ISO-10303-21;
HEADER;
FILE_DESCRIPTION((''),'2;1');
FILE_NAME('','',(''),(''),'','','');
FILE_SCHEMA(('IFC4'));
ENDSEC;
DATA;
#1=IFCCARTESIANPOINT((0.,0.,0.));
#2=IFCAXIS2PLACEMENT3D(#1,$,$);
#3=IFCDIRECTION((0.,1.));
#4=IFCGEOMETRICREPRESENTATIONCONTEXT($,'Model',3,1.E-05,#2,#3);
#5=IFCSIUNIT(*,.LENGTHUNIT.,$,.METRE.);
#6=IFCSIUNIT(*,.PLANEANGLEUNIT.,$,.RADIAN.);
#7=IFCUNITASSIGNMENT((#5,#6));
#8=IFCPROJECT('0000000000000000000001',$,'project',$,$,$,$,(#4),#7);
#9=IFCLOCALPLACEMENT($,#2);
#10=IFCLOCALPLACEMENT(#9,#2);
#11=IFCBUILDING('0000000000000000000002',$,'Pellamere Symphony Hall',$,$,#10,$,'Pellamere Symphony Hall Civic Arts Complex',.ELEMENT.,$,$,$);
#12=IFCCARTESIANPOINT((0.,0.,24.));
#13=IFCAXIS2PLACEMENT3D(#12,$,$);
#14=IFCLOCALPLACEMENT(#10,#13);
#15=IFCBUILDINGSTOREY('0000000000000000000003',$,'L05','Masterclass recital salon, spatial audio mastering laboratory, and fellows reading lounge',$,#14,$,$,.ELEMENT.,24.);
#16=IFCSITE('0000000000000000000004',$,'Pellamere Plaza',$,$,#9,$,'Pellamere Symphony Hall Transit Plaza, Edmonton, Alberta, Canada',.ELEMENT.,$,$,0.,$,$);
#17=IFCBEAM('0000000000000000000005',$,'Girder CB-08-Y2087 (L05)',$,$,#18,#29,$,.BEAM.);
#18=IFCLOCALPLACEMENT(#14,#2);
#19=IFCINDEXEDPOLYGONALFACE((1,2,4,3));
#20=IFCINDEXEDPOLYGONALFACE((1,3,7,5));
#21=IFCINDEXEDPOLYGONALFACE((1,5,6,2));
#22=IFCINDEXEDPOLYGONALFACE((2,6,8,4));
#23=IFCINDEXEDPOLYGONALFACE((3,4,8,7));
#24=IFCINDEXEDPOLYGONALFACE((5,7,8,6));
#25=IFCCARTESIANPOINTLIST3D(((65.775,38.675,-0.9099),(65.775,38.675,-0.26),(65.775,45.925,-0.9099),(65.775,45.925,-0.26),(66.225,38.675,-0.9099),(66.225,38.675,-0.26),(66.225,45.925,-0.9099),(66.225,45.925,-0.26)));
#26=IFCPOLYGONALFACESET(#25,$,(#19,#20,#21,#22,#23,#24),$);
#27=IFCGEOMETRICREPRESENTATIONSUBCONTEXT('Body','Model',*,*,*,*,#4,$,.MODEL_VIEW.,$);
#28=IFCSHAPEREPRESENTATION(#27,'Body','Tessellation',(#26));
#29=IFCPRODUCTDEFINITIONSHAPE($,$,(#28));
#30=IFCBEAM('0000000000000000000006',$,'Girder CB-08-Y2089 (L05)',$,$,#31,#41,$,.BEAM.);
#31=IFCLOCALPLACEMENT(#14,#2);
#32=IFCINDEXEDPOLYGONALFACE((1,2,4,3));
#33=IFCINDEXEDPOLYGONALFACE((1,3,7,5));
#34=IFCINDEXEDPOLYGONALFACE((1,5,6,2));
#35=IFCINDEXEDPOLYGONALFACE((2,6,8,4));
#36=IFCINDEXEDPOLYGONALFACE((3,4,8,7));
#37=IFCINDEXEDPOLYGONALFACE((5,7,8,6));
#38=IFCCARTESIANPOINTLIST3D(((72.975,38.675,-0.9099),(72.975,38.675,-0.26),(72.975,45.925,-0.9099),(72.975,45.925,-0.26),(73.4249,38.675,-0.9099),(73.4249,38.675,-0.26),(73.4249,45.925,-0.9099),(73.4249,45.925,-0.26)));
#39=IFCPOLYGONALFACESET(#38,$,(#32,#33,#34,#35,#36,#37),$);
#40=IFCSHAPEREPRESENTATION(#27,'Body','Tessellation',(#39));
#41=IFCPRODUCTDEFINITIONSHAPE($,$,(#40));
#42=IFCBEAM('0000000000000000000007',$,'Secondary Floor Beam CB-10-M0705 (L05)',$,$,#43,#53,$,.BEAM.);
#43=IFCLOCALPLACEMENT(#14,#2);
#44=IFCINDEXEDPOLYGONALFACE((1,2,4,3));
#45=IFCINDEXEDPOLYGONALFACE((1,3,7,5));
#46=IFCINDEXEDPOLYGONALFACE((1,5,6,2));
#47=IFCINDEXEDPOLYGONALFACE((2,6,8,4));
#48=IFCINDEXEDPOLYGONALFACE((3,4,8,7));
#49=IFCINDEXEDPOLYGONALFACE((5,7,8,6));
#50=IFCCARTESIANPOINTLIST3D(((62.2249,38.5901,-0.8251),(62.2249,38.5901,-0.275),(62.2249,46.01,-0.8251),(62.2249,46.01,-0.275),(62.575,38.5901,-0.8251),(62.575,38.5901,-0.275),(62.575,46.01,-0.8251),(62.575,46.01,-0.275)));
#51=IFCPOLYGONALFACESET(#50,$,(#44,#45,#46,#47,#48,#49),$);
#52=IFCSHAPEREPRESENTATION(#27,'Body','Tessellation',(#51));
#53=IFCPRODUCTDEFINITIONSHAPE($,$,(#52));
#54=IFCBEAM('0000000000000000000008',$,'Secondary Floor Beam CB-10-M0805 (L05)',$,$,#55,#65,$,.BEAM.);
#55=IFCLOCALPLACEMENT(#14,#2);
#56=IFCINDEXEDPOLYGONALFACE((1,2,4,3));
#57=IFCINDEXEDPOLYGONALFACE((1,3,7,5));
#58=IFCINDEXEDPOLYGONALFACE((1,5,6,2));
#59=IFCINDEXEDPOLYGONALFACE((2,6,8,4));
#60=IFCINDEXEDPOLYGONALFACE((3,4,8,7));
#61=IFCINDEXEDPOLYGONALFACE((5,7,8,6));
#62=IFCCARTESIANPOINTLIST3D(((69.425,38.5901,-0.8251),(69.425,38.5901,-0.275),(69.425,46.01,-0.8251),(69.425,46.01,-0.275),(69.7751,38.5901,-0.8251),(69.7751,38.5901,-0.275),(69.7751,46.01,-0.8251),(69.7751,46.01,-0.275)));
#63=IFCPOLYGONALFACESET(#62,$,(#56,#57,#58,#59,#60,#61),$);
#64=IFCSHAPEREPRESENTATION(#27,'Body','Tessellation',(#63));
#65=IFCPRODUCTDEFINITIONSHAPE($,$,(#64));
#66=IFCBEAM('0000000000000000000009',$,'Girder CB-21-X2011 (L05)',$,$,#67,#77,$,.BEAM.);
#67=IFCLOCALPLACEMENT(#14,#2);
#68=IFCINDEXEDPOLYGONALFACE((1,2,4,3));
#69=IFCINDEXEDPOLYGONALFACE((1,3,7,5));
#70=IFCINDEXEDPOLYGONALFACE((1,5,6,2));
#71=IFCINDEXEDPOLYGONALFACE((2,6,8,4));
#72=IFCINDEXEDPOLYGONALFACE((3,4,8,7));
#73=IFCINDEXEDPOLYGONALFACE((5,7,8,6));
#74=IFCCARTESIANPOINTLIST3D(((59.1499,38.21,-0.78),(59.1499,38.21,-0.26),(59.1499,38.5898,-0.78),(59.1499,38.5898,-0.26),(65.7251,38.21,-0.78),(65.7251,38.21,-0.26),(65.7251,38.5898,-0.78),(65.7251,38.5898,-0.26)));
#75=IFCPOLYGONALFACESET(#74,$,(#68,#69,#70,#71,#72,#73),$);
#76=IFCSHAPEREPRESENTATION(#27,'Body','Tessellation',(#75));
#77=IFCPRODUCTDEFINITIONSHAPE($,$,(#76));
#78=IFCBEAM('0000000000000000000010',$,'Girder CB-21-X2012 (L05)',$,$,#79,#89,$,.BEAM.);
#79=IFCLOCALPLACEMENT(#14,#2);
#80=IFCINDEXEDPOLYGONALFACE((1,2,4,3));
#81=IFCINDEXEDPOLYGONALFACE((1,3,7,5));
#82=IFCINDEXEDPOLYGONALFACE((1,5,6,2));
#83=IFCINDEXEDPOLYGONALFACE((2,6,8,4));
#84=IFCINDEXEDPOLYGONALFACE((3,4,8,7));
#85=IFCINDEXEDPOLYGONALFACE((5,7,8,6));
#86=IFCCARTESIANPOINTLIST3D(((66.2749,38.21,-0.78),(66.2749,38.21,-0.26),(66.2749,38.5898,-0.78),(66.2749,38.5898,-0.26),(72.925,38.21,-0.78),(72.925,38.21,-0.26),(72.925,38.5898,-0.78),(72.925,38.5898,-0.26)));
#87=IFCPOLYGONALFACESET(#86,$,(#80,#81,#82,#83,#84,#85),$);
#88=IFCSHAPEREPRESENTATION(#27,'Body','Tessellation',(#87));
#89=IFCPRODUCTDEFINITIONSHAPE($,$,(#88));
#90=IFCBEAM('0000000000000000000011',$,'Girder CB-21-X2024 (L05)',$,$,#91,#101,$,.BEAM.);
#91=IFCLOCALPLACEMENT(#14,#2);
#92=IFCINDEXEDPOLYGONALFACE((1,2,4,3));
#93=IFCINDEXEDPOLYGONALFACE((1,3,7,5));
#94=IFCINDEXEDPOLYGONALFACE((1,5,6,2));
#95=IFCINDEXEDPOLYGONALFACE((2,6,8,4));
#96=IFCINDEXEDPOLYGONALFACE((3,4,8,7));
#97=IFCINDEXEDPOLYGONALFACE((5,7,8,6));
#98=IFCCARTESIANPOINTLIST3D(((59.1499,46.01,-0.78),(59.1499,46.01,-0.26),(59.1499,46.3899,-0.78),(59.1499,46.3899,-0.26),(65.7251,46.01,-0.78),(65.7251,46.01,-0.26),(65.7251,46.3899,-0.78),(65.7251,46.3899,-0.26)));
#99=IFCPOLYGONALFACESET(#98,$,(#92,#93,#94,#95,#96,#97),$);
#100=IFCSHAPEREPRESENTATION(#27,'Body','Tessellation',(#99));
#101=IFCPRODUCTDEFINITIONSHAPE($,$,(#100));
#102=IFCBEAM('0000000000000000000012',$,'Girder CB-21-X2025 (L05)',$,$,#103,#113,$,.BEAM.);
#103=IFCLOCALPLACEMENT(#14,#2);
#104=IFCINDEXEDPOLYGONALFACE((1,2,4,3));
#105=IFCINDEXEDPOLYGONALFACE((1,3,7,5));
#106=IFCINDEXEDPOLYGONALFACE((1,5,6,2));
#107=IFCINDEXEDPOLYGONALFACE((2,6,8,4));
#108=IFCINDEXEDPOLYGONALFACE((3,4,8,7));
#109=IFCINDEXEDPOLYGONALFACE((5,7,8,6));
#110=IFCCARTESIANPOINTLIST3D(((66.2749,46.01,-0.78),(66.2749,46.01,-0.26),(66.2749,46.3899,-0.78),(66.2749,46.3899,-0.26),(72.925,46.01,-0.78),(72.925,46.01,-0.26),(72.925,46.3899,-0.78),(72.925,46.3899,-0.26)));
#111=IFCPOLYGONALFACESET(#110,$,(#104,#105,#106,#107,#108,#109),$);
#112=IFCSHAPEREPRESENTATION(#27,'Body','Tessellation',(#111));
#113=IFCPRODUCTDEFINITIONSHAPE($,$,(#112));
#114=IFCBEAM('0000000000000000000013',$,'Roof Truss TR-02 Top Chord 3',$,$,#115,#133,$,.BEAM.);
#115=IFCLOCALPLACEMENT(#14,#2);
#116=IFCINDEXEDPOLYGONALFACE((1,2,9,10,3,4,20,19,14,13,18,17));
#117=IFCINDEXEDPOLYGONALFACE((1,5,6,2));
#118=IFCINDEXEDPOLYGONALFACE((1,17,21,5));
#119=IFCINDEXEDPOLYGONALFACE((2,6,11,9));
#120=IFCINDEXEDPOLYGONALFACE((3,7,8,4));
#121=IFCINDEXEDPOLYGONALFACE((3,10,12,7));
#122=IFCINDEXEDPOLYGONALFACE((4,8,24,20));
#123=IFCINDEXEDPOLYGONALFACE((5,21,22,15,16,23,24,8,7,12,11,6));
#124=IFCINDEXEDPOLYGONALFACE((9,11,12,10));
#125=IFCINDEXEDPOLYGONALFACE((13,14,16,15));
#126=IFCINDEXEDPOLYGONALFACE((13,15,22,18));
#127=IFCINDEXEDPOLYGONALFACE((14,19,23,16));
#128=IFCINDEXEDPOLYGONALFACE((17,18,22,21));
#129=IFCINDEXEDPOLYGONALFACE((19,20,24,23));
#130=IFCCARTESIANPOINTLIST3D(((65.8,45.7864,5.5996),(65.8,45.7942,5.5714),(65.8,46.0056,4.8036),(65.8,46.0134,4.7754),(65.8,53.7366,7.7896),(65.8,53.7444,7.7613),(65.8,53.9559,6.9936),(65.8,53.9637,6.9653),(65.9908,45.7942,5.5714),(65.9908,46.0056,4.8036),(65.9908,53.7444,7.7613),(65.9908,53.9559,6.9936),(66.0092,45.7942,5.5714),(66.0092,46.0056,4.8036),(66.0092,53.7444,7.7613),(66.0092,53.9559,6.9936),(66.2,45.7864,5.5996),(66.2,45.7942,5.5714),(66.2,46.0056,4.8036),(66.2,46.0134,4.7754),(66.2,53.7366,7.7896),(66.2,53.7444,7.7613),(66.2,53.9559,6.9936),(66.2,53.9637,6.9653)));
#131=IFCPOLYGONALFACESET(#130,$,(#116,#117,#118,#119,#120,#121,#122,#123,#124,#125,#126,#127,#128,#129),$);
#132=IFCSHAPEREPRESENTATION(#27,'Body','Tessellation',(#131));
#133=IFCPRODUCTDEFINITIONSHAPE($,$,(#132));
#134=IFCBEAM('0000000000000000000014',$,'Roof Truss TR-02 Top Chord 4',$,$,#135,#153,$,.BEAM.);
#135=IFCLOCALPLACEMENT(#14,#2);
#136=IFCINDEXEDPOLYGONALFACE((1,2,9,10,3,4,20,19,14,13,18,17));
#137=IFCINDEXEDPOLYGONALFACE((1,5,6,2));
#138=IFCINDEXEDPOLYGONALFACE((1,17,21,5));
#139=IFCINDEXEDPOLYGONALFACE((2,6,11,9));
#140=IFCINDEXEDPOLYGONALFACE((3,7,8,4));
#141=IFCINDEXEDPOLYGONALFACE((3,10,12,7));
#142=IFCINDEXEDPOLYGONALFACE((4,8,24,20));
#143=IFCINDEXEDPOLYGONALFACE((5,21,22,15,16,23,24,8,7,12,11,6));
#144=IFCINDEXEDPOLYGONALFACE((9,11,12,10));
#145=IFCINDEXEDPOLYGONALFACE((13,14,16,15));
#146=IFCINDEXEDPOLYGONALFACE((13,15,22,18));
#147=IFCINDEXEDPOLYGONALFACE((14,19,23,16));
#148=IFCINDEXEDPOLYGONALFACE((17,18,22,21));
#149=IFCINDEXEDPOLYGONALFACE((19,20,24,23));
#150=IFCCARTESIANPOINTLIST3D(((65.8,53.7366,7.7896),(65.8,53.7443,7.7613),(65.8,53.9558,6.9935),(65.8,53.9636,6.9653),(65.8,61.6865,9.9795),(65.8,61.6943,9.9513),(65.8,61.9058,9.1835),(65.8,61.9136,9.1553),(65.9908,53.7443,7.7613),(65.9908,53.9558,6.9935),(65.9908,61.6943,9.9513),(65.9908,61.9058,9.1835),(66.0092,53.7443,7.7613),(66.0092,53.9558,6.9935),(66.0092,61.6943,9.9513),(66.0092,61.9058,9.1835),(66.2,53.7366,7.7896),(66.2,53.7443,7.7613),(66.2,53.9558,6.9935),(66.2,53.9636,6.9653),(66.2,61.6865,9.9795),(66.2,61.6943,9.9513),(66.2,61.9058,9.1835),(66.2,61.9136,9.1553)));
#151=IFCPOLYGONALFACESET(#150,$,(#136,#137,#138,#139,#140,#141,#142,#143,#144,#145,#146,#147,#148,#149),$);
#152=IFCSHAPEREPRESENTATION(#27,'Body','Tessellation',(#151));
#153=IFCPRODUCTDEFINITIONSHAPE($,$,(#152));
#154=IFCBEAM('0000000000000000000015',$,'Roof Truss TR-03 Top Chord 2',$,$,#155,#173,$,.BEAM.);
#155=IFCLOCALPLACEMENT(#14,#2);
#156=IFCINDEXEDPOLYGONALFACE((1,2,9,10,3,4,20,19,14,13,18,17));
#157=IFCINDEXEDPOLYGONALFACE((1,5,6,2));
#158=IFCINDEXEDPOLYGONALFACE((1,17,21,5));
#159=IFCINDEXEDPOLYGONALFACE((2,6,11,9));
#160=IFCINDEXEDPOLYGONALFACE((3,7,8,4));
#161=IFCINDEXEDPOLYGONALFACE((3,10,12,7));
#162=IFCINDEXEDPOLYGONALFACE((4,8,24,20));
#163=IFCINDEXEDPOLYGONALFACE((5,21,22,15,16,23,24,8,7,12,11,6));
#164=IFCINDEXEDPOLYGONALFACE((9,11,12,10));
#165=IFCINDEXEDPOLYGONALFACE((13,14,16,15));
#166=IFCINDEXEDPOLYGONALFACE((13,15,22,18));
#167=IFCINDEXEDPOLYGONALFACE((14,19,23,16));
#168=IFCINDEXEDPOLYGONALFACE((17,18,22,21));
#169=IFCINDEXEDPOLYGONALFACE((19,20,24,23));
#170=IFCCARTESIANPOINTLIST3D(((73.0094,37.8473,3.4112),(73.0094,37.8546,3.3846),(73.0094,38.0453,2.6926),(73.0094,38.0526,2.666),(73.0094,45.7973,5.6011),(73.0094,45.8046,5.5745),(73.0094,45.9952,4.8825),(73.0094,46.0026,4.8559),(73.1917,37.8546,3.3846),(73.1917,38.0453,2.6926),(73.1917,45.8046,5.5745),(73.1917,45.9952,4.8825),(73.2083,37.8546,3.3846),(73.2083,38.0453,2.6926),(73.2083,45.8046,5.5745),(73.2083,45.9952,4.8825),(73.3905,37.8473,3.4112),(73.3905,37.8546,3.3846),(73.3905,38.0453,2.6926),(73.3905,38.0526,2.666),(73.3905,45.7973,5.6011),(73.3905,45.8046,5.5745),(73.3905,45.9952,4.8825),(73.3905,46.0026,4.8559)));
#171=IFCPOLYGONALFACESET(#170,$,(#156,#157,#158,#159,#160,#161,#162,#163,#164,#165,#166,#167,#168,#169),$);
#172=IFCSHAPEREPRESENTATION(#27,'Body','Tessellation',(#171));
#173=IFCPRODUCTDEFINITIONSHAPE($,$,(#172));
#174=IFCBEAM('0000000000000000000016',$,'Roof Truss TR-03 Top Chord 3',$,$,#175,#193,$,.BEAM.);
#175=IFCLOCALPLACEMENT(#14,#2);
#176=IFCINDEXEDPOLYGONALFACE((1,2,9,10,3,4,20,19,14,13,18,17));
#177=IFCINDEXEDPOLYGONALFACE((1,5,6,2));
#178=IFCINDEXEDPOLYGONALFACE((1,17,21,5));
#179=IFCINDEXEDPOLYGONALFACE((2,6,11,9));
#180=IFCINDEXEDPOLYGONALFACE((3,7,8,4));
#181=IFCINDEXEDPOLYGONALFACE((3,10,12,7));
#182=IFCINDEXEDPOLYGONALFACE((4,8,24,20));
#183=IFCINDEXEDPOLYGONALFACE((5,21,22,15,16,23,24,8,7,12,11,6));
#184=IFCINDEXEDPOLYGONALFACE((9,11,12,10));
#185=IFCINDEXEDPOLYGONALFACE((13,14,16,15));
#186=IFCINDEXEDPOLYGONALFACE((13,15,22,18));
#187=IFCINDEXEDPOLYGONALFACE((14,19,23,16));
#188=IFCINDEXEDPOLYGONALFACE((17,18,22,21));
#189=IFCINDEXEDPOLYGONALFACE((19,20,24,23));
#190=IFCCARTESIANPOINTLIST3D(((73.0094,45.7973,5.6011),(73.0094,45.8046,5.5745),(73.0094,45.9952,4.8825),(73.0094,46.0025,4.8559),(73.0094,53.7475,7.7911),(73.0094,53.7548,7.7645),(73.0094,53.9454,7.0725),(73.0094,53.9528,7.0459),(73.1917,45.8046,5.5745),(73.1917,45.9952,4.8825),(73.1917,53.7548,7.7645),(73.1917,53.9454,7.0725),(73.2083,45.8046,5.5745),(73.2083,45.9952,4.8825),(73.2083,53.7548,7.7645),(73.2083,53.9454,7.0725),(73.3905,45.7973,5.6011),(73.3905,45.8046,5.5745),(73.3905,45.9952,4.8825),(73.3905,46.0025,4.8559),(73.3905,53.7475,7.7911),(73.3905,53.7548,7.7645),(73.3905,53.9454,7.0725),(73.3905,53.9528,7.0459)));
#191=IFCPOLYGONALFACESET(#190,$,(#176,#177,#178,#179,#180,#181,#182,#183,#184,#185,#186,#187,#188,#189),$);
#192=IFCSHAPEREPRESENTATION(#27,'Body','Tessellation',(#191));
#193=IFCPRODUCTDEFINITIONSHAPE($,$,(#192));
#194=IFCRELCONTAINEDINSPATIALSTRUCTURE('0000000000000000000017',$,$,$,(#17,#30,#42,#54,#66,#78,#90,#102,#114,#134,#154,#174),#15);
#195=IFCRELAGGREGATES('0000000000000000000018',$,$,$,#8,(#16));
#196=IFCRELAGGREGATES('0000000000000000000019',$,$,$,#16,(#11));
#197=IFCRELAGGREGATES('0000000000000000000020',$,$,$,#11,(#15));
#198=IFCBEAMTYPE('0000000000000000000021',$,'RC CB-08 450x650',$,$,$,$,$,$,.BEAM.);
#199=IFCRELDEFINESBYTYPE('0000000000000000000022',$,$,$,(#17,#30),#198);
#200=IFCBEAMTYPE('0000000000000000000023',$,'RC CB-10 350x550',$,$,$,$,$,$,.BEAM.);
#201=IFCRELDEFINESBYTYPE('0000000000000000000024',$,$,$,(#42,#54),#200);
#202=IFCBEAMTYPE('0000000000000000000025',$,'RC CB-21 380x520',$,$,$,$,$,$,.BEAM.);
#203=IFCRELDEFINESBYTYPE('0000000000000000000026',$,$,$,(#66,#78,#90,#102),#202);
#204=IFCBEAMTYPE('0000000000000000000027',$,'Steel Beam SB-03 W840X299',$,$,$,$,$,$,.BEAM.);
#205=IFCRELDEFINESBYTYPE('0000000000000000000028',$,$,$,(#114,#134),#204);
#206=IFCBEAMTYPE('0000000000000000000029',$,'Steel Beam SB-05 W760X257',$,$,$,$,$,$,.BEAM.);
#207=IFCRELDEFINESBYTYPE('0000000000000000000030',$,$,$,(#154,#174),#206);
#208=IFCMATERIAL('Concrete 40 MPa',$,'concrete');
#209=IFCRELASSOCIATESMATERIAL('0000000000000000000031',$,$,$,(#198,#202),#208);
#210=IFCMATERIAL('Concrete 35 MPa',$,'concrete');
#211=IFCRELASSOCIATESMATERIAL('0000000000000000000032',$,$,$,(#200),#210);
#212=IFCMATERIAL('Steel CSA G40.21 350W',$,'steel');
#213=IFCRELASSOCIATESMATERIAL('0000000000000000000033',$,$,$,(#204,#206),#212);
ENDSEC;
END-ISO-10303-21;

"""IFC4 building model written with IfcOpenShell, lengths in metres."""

from ifc_helpers import new_model, si_unit, direction, frame, origin, origin_2d, place, context, subcontext, project, spatial, rectangle, i_section, extrude, material, material_profile, profile_set, type_object, element, save


model = new_model("IFC4")

# Units and contexts
model_context = context("Model", 3, precision=1e-05, world=origin(), true_north=direction((0.0, 1.0)))
body_context = subcontext(model_context, "Body", "Model", "MODEL_VIEW")
ifc_project = project(units=[si_unit("LENGTHUNIT", "METRE"), si_unit("PLANEANGLEUNIT", "RADIAN")], contexts=[model_context])

# Site, building, storey
site_placement = place(None, origin())
site = spatial("IfcSite", under=ifc_project, at=site_placement, Name="Pellamere Plaza", LongName="Pellamere Symphony Hall Transit Plaza, Edmonton, Alberta, Canada", CompositionType="ELEMENT", RefElevation=0.0)
building_placement = place(site_placement, origin())
building = spatial("IfcBuilding", under=site, at=building_placement, Name="Pellamere Symphony Hall", LongName="Pellamere Symphony Hall Civic Arts Complex", CompositionType="ELEMENT")
storey_placement = place(building_placement, frame((0.0, 0.0, 24.0)))
storey = spatial("IfcBuildingStorey", under=building, at=storey_placement, Name="L05", Description="Masterclass recital salon, spatial audio mastering laboratory, and fellows reading lounge", CompositionType="ELEMENT", Elevation=24.0)

# Beams
ifc_material_1 = material(Name="Concrete 40 MPa", Category="concrete")
ifc_material_profile_1 = material_profile(ifc_material_1, rectangle(XDim=0.45, YDim=0.6499, at=origin_2d()), Name="RC 450x650")
ifc_profile_set_1 = profile_set([ifc_material_profile_1], Name="Concrete 40 MPa")
beam_type_1 = type_object("IfcBeamType", Name="RC CB-08 450x650", PredefinedType="BEAM", material=ifc_profile_set_1)
for number, where, z_axis, x_axis, name in (
    (1, (66.0, 38.675, -0.585), (0.0, 1.0, 0.0), (-1.0, 0.0, 0.0), "Girder CB-08-Y2087 (L05)"),
    (2, (73.2, 38.675, -0.585), (0.0, 1.0, 0.0), (-1.0, 0.0, 0.0), "Girder CB-08-Y2089 (L05)"),
):
    element("IfcBeam", number, at=place(storey_placement, frame(where, z_axis=z_axis, x_axis=x_axis)), inside=storey, type_object=beam_type_1, Name=name, PredefinedType="BEAM", context=body_context, shape_type="SweptSolid", body=[
        extrude(rectangle(XDim=0.45, YDim=0.6499, at=origin_2d()), origin(), (0.0, 0.0, 1.0), 7.25),
    ])
ifc_material_2 = material(Name="Concrete 35 MPa", Category="concrete")
ifc_material_profile_2 = material_profile(ifc_material_2, rectangle(XDim=0.3501, YDim=0.55, at=origin_2d()), Name="RC 350x550")
ifc_profile_set_2 = profile_set([ifc_material_profile_2], Name="Concrete 35 MPa")
beam_type_2 = type_object("IfcBeamType", Name="RC CB-10 350x550", PredefinedType="BEAM", material=ifc_profile_set_2)
for number, where, z_axis, x_axis, name in (
    (3, (62.3999, 38.5901, -0.55), (0.0, 1.0, 0.0), (-1.0, 0.0, 0.0), "Secondary Floor Beam CB-10-M0705 (L05)"),
    (4, (69.6001, 38.5901, -0.55), (0.0, 1.0, 0.0), (-1.0, 0.0, 0.0), "Secondary Floor Beam CB-10-M0805 (L05)"),
):
    element("IfcBeam", number, at=place(storey_placement, frame(where, z_axis=z_axis, x_axis=x_axis)), inside=storey, type_object=beam_type_2, Name=name, PredefinedType="BEAM", context=body_context, shape_type="SweptSolid", body=[
        extrude(rectangle(XDim=0.3501, YDim=0.55, at=origin_2d()), origin(), (0.0, 0.0, 1.0), 7.4199),
    ])
ifc_material_profile_3 = material_profile(ifc_material_1, rectangle(XDim=0.3799, YDim=0.52, at=origin_2d()), Name="RC 380x520")
ifc_profile_set_3 = profile_set([ifc_material_profile_3], Name="Concrete 40 MPa")
beam_type_3 = type_object("IfcBeamType", Name="RC CB-21 380x520", PredefinedType="BEAM", material=ifc_profile_set_3)
beam_1_placement = place(storey_placement, frame((59.1499, 38.3999, -0.52), z_axis=(1.0, 0.0, 0.0), x_axis=(0.0, 1.0, 0.0)))
element("IfcBeam", 5, at=beam_1_placement, inside=storey, type_object=beam_type_3, Name="Girder CB-21-X2011 (L05)", PredefinedType="BEAM", context=body_context, shape_type="SweptSolid", body=[
    extrude(rectangle(XDim=0.3799, YDim=0.52, at=origin_2d()), origin(), (0.0, 0.0, 1.0), 6.5752),
])
beam_2_placement = place(storey_placement, frame((66.2749, 38.3999, -0.52), z_axis=(1.0, 0.0, 0.0), x_axis=(0.0, 1.0, 0.0)))
element("IfcBeam", 6, at=beam_2_placement, inside=storey, type_object=beam_type_3, Name="Girder CB-21-X2012 (L05)", PredefinedType="BEAM", context=body_context, shape_type="SweptSolid", body=[
    extrude(rectangle(XDim=0.3799, YDim=0.52, at=origin_2d()), origin(), (0.0, 0.0, 1.0), 6.6501),
])
beam_3_placement = place(storey_placement, frame((59.1499, 46.2, -0.52), z_axis=(1.0, 0.0, 0.0), x_axis=(0.0, 1.0, 0.0)))
element("IfcBeam", 7, at=beam_3_placement, inside=storey, type_object=beam_type_3, Name="Girder CB-21-X2024 (L05)", PredefinedType="BEAM", context=body_context, shape_type="SweptSolid", body=[
    extrude(rectangle(XDim=0.3799, YDim=0.52, at=origin_2d()), origin(), (0.0, 0.0, 1.0), 6.5752),
])
beam_4_placement = place(storey_placement, frame((66.2749, 46.2, -0.52), z_axis=(1.0, 0.0, 0.0), x_axis=(0.0, 1.0, 0.0)))
element("IfcBeam", 8, at=beam_4_placement, inside=storey, type_object=beam_type_3, Name="Girder CB-21-X2025 (L05)", PredefinedType="BEAM", context=body_context, shape_type="SweptSolid", body=[
    extrude(rectangle(XDim=0.3799, YDim=0.52, at=origin_2d()), origin(), (0.0, 0.0, 1.0), 6.6501),
])
ifc_material_3 = material(Name="Steel CSA G40.21 350W", Category="steel")
ifc_material_profile_4 = material_profile(ifc_material_3, i_section(OverallWidth=0.3999, OverallDepth=0.855, WebThickness=0.0183, FlangeThickness=0.0293, at=origin_2d()), Name="W840X299")
ifc_profile_set_4 = profile_set([ifc_material_profile_4], Name="Steel CSA G40.21 350W")
beam_type_4 = type_object("IfcBeamType", Name="Steel Beam SB-03 W840X299", PredefinedType="BEAM", material=ifc_profile_set_4)
beam_5_placement = place(storey_placement, frame((66.0, 45.8999, 5.1875), z_axis=(0.0, 0.964093, 0.265567), x_axis=(-1.0, 0.0, 0.0)))
element("IfcBeam", 9, at=beam_5_placement, inside=storey, type_object=beam_type_4, Name="Roof Truss TR-02 Top Chord 3", PredefinedType="BEAM", context=body_context, shape_type="SweptSolid", body=[
    extrude(i_section(OverallWidth=0.3999, OverallDepth=0.855, WebThickness=0.0183, FlangeThickness=0.0293, at=origin_2d()), origin(), (0.0, 0.0, 1.0), 8.2463),
])
beam_6_placement = place(storey_placement, frame((66.0, 53.8501, 7.3774), z_axis=(0.0, 0.96409, 0.265574), x_axis=(-1.0, 0.0, 0.0)))
element("IfcBeam", 10, at=beam_6_placement, inside=storey, type_object=beam_type_4, Name="Roof Truss TR-02 Top Chord 4", PredefinedType="BEAM", context=body_context, shape_type="SweptSolid", body=[
    extrude(i_section(OverallWidth=0.3999, OverallDepth=0.855, WebThickness=0.0183, FlangeThickness=0.0293, at=origin_2d()), origin(), (0.0, 0.0, 1.0), 8.2461),
])
ifc_material_profile_5 = material_profile(ifc_material_3, i_section(OverallWidth=0.3811, OverallDepth=0.7729, WebThickness=0.0166, FlangeThickness=0.0276, at=origin_2d()), Name="W760X257")
ifc_profile_set_5 = profile_set([ifc_material_profile_5], Name="Steel CSA G40.21 350W")
beam_type_5 = type_object("IfcBeamType", Name="Steel Beam SB-05 W760X257", PredefinedType="BEAM", material=ifc_profile_set_5)
beam_7_placement = place(storey_placement, frame((73.2, 37.95, 3.0386), z_axis=(0.0, 0.96409, 0.265574), x_axis=(-1.0, 0.0, 0.0)))
element("IfcBeam", 11, at=beam_7_placement, inside=storey, type_object=beam_type_5, Name="Roof Truss TR-03 Top Chord 2", PredefinedType="BEAM", context=body_context, shape_type="SweptSolid", body=[
    extrude(i_section(OverallWidth=0.3811, OverallDepth=0.7729, WebThickness=0.0166, FlangeThickness=0.0276, at=origin_2d()), origin(), (0.0, 0.0, 1.0), 8.2461),
])
beam_8_placement = place(storey_placement, frame((73.2, 45.8999, 5.2285), z_axis=(0.0, 0.964093, 0.265567), x_axis=(-1.0, 0.0, 0.0)))
element("IfcBeam", 12, at=beam_8_placement, inside=storey, type_object=beam_type_5, Name="Roof Truss TR-03 Top Chord 3", PredefinedType="BEAM", context=body_context, shape_type="SweptSolid", body=[
    extrude(i_section(OverallWidth=0.3811, OverallDepth=0.7729, WebThickness=0.0166, FlangeThickness=0.0276, at=origin_2d()), origin(), (0.0, 0.0, 1.0), 8.2463),
])

save(model, "model.ifc")
